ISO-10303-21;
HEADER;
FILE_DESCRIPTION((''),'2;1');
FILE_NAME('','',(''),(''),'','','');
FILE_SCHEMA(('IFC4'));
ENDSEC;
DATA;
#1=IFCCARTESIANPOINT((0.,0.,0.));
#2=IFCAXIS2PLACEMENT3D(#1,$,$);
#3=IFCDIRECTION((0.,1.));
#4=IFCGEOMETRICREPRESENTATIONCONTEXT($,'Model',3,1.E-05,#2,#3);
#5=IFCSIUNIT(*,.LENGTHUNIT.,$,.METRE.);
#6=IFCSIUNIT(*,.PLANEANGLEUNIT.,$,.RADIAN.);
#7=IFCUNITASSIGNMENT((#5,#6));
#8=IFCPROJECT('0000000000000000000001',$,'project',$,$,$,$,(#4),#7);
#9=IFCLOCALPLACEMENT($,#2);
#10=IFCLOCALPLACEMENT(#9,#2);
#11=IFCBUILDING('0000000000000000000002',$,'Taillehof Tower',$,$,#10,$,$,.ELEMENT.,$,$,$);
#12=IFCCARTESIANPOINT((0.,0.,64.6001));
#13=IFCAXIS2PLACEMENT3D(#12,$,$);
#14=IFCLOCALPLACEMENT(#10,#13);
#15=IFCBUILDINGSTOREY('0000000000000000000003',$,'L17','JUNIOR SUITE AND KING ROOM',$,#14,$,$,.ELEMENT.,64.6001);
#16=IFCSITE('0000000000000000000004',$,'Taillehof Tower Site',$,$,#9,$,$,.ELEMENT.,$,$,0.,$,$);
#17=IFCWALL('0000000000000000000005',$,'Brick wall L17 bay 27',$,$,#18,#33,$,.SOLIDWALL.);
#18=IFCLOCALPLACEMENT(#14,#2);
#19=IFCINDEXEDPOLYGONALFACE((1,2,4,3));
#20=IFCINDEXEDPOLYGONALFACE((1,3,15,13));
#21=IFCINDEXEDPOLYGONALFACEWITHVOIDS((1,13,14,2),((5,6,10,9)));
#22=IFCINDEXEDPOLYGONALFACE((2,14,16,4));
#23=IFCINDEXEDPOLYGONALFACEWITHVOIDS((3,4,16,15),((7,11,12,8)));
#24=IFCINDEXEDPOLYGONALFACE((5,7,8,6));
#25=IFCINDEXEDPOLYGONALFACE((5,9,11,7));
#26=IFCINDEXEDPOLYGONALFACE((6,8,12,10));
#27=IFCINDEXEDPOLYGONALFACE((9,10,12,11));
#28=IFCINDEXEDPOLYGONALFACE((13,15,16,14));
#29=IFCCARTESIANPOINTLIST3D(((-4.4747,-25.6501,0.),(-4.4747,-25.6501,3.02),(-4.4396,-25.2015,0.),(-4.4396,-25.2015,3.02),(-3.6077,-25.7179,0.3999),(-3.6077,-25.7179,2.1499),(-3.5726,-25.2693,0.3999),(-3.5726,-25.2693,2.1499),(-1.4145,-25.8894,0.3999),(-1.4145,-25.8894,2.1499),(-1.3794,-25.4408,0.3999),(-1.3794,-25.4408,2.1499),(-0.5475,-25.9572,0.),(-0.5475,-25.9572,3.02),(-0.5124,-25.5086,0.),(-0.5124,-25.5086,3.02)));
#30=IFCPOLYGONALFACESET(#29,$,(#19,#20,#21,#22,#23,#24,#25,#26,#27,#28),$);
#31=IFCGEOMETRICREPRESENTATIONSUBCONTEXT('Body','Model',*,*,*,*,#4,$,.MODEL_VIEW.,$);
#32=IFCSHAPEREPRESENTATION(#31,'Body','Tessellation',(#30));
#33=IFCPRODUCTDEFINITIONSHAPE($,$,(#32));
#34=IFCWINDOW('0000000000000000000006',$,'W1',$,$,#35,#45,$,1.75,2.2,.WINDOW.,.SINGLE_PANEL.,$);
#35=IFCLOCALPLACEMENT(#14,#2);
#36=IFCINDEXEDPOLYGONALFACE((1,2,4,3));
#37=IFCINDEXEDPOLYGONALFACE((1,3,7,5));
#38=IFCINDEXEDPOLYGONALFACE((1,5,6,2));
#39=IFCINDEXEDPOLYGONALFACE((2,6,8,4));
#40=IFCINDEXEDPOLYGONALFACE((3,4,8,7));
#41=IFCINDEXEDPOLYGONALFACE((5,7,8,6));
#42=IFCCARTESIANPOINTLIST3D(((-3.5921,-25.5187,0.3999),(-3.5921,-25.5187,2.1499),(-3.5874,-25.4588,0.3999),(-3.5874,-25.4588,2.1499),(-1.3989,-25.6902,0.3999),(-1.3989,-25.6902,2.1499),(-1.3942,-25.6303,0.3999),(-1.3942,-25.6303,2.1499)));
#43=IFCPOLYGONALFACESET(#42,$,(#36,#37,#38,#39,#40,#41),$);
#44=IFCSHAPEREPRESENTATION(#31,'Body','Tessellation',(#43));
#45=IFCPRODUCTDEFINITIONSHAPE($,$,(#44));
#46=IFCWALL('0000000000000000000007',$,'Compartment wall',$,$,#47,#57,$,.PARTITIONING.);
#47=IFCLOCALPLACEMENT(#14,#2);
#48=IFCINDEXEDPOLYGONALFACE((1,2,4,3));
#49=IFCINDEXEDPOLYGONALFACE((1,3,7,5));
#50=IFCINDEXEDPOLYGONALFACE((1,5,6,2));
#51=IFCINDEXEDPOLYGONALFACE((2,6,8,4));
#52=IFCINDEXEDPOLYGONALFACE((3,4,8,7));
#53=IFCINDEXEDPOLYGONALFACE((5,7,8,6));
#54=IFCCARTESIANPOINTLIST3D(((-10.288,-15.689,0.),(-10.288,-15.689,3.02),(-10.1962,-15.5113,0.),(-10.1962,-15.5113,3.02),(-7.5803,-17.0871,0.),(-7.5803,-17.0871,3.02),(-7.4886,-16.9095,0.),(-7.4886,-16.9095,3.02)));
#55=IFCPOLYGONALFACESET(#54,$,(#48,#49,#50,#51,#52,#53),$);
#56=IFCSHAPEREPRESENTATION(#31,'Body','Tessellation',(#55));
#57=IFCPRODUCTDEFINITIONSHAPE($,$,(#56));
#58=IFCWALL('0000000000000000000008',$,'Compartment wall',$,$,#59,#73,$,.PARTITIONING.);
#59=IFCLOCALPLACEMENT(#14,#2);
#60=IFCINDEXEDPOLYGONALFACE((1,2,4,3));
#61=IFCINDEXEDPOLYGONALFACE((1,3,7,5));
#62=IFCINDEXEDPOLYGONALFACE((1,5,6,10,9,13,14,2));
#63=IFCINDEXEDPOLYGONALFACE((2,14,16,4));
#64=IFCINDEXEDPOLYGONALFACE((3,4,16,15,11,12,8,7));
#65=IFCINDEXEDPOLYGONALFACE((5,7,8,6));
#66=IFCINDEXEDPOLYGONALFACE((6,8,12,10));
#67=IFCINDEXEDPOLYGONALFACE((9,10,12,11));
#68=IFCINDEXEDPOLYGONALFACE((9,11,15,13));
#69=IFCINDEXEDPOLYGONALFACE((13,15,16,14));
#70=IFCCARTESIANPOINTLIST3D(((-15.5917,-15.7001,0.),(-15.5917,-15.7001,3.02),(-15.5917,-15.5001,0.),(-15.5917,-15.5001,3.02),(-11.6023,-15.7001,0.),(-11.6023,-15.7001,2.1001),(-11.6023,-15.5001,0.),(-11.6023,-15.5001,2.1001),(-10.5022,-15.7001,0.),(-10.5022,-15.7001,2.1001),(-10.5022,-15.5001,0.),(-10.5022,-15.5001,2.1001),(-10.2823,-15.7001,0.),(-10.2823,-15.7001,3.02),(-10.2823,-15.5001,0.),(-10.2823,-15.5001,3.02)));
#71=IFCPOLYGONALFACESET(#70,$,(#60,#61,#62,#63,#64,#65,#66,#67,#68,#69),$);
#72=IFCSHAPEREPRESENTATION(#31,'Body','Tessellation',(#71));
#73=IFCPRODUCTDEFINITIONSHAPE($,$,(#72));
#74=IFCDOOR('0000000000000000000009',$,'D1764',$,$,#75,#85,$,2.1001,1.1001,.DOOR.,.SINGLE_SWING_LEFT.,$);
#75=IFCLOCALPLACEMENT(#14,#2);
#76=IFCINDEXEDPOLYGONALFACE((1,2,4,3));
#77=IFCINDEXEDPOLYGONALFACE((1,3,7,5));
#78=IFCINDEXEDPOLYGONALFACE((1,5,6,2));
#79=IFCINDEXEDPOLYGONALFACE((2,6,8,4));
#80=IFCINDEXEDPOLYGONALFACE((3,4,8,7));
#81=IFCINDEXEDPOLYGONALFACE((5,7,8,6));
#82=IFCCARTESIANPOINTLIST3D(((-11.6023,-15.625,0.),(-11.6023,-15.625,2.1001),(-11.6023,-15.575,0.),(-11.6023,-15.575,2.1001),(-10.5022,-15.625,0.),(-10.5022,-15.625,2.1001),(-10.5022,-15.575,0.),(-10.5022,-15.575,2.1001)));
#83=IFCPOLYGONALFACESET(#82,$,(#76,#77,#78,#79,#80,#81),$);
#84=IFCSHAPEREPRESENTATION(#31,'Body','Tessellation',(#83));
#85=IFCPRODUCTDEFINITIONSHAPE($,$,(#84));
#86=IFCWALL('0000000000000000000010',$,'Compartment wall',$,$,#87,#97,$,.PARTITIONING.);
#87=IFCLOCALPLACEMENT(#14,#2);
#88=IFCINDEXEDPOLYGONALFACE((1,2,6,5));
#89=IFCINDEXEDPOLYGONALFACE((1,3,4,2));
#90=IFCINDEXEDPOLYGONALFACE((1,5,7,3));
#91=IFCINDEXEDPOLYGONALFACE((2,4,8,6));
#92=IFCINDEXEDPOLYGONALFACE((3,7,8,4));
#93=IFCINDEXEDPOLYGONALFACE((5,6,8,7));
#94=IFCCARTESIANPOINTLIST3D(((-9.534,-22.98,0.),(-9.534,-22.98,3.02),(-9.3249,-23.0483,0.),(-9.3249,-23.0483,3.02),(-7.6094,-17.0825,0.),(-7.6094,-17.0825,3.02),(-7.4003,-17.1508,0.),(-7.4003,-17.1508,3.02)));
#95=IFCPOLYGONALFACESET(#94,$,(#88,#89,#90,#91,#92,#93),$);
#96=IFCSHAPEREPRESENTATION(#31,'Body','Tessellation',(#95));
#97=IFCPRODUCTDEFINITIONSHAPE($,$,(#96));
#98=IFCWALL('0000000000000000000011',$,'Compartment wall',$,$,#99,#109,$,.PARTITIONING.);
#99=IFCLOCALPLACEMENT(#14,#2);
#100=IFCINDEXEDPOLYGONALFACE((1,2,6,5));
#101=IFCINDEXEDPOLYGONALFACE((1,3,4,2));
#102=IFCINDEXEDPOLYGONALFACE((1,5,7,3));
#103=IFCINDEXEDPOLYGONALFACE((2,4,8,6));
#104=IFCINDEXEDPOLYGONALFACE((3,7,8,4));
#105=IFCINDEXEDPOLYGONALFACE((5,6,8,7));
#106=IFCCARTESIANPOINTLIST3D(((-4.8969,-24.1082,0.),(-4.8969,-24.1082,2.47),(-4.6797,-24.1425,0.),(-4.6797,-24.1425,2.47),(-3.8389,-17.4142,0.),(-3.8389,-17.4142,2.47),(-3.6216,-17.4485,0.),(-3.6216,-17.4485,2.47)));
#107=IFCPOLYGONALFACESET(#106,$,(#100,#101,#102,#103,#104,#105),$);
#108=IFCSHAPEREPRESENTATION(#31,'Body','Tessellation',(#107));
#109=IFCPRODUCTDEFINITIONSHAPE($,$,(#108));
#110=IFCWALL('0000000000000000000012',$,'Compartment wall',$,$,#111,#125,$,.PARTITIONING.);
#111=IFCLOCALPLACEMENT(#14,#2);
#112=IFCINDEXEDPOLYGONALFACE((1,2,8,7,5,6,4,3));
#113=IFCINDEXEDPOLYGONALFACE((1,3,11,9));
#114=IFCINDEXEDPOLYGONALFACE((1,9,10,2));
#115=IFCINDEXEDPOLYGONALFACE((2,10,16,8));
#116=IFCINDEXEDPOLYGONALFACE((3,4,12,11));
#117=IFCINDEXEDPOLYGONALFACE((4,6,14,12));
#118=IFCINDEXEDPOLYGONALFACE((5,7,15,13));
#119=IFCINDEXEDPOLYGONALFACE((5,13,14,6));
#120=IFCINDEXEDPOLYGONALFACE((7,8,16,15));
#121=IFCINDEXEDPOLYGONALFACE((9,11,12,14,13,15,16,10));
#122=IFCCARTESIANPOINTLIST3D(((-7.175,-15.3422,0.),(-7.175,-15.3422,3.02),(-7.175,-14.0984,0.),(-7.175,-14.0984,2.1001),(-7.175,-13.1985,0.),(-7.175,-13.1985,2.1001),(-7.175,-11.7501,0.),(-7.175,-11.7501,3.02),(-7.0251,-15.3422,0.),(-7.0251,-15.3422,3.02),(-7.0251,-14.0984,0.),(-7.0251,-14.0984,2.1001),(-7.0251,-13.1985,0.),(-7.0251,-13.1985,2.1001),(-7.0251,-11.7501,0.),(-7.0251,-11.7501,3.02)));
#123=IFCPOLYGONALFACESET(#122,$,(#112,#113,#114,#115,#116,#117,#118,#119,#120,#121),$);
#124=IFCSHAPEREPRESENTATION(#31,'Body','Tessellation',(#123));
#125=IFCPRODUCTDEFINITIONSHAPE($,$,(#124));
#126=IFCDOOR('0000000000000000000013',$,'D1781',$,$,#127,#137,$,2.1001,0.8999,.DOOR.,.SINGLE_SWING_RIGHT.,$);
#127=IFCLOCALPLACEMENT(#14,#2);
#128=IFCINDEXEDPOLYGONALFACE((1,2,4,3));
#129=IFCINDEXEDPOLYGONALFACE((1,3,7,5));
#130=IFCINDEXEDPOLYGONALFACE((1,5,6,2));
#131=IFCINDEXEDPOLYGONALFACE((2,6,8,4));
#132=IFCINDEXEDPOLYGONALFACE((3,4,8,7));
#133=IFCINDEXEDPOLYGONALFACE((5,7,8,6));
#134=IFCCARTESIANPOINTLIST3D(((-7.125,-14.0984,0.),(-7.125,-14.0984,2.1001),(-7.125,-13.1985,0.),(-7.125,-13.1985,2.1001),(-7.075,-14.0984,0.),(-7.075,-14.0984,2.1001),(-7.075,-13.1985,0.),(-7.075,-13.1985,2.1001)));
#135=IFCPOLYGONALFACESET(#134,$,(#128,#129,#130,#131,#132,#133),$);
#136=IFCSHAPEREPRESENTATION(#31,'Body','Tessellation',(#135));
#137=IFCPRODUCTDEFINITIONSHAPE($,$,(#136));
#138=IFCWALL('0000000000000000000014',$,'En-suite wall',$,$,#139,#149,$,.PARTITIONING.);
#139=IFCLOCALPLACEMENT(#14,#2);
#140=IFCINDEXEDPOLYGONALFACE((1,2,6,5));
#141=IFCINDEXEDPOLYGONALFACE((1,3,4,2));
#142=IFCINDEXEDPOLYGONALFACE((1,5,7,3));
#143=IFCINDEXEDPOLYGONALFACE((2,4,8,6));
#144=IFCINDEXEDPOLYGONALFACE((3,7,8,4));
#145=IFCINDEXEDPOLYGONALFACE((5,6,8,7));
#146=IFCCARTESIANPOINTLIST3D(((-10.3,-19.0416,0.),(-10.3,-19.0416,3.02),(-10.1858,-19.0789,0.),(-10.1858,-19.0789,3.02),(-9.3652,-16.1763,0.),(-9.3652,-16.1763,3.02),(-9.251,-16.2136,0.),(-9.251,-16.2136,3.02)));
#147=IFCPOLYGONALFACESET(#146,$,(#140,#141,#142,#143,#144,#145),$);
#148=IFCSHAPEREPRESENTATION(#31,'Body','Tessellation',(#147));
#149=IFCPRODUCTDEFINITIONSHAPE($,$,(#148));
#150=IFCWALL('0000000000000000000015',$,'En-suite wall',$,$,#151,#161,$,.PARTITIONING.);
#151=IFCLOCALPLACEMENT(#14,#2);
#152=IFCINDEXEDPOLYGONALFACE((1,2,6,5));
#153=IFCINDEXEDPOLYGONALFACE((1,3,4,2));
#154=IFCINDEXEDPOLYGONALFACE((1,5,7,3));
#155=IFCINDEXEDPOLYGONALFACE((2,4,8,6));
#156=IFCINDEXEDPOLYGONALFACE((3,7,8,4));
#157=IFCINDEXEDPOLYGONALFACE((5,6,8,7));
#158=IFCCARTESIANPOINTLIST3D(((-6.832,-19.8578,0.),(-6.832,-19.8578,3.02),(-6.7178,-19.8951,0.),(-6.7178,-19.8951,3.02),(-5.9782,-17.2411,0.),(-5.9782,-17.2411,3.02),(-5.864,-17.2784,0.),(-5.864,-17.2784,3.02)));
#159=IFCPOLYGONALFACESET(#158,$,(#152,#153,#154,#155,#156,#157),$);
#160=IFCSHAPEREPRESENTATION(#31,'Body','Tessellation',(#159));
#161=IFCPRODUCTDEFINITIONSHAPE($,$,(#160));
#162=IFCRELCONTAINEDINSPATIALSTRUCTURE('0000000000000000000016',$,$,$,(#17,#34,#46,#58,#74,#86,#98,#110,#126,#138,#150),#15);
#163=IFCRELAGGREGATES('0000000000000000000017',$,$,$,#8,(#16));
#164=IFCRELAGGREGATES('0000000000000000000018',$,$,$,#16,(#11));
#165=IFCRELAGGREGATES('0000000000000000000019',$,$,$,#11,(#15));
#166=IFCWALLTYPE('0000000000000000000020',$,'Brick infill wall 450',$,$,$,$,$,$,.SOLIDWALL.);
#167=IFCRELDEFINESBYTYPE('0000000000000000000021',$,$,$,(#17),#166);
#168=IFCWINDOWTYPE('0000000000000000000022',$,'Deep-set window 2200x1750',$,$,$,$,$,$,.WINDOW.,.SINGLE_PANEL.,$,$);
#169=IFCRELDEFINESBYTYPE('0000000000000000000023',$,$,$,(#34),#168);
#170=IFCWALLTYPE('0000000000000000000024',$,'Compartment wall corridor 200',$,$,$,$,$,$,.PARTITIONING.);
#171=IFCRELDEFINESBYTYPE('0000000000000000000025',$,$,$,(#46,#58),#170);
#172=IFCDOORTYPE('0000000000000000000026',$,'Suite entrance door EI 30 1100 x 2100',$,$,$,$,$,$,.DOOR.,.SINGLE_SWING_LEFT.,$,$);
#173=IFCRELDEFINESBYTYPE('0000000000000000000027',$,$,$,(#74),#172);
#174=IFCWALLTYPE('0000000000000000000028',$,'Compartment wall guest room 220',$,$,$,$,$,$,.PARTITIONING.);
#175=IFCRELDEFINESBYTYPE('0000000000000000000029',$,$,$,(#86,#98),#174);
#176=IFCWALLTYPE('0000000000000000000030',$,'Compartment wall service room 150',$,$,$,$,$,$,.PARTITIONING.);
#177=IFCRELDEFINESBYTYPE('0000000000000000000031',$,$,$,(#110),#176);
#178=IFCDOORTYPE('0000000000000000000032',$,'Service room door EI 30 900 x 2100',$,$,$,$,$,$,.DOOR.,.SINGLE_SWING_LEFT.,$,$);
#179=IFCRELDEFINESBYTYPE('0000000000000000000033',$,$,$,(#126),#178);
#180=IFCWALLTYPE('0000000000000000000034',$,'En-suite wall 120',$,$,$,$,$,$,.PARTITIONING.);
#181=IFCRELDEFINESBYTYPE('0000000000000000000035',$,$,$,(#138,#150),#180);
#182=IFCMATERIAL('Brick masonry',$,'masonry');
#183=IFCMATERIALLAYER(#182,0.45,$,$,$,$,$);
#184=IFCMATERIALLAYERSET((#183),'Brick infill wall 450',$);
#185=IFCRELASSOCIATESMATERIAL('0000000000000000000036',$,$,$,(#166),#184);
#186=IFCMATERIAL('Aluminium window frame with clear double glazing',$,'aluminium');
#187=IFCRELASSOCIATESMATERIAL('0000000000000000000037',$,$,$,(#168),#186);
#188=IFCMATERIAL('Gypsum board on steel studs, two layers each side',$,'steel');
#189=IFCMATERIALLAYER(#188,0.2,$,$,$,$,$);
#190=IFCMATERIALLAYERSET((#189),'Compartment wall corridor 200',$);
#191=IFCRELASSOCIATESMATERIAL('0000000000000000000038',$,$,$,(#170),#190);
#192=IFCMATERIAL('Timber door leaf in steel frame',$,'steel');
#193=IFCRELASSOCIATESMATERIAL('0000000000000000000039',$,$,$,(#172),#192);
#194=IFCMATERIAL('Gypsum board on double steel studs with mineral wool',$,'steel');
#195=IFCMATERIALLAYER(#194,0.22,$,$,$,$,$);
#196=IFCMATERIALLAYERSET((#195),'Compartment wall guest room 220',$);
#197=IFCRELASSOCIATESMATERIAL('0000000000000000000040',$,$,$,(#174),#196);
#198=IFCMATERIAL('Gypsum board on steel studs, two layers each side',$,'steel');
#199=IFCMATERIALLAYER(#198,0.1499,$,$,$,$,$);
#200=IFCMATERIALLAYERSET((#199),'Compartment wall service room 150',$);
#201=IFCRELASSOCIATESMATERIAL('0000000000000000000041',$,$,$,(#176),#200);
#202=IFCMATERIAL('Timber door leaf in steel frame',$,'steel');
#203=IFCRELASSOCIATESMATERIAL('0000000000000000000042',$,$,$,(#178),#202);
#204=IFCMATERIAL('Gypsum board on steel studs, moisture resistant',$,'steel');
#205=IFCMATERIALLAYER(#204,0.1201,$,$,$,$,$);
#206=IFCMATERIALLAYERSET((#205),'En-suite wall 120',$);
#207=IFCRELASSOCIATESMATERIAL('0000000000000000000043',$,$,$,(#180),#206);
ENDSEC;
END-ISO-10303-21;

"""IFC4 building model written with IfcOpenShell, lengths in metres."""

from ifc_helpers import new_model, si_unit, direction, frame, frame_2d, origin, place, context, subcontext, project, spatial, rectangle, extrude, material, layer, layer_set, type_object, element, fill, save


model = new_model("IFC4")

# Units and contexts
model_context = context("Model", 3, precision=1e-05, world=origin(), true_north=direction((0.0, 1.0)))
body_context = subcontext(model_context, "Body", "Model", "MODEL_VIEW")
ifc_project = project(units=[si_unit("LENGTHUNIT", "METRE"), si_unit("PLANEANGLEUNIT", "RADIAN")], contexts=[model_context])

# Site, building, storey
site_placement = place(None, origin())
site = spatial("IfcSite", under=ifc_project, at=site_placement, Name="Taillehof Tower Site", CompositionType="ELEMENT", RefElevation=0.0)
building_placement = place(site_placement, origin())
building = spatial("IfcBuilding", under=site, at=building_placement, Name="Taillehof Tower", CompositionType="ELEMENT")
storey_placement = place(building_placement, frame((0.0, 0.0, 64.6001)))
storey = spatial("IfcBuildingStorey", under=building, at=storey_placement, Name="L17", Description="JUNIOR SUITE AND KING ROOM", CompositionType="ELEMENT", Elevation=64.6001)

# Wall, opening, window
ifc_material_1 = material(Name="Brick masonry", Category="masonry")
ifc_layer_1 = layer(ifc_material_1, 0.45)
ifc_layer_set_1 = layer_set([ifc_layer_1], Name="Brick infill wall 450")
wall_type_1 = type_object("IfcWallType", Name="Brick infill wall 450", PredefinedType="SOLIDWALL", material=ifc_layer_set_1)
ifc_material_2 = material(Name="Aluminium window frame with clear double glazing", Category="aluminium")
window_type = type_object("IfcWindowType", Name="Deep-set window 2200x1750", PartitioningType="SINGLE_PANEL", PredefinedType="WINDOW", material=ifc_material_2)
wall_1_placement = place(storey_placement, frame((-4.4573, -25.4258, 0.0), z_axis=(0.0, 0.0, 1.0), x_axis=(0.996956, -0.077967, 0.0)))
wall_1 = element("IfcWall", 1, at=wall_1_placement, inside=storey, type_object=wall_type_1, Name="Brick wall L17 bay 27", PredefinedType="SOLIDWALL", context=body_context, shape_type="SweptSolid", body=[
    extrude(rectangle(XDim=3.9392, YDim=0.45, at=frame_2d((1.9697, 0.0))), origin(), (0.0, 0.0, 1.0), 3.02),
])
opening_1_placement = place(wall_1_placement, frame((0.8696, 0.0, 0.3999)))
opening_1 = element("IfcOpeningElement", 2, at=opening_1_placement, cuts=wall_1, PredefinedType="OPENING", context=body_context, shape_type="SweptSolid", body=[
    extrude(rectangle(XDim=2.2, YDim=1.75, at=frame_2d((1.1001, 0.875))), frame((0.0, 0.2349, 0.0), z_axis=(0.0, -1.0, 0.0), x_axis=(1.0, 0.0, 0.0)), (0.0, 0.0, 1.0), 0.47),
])
window_1_placement = place(opening_1_placement, origin())
window_1 = element("IfcWindow", 3, at=window_1_placement, inside=storey, type_object=window_type, Name="W1", OverallHeight=1.75, OverallWidth=2.2, PartitioningType="SINGLE_PANEL", PredefinedType="WINDOW", context=body_context, shape_type="SweptSolid", body=[
    extrude(rectangle(XDim=2.2, YDim=1.75, at=frame_2d((1.1001, 0.875))), frame((0.0, 0.0349, 0.0), z_axis=(0.0, -1.0, 0.0), x_axis=(1.0, 0.0, 0.0)), (0.0, 0.0, 1.0), 0.0601),
])
fill(opening_1, window_1)

# Wall
ifc_material_3 = material(Name="Gypsum board on steel studs, two layers each side", Category="steel")
ifc_layer_2 = layer(ifc_material_3, 0.2)
ifc_layer_set_2 = layer_set([ifc_layer_2], Name="Compartment wall corridor 200")
wall_type_2 = type_object("IfcWallType", Name="Compartment wall corridor 200", PredefinedType="PARTITIONING", material=ifc_layer_set_2)
wall_2_placement = place(storey_placement, frame((-7.5344, -16.9983, 0.0), z_axis=(0.0, 0.0, 1.0), x_axis=(-0.888535, 0.458808, 0.0)))
element("IfcWall", 4, at=wall_2_placement, inside=storey, type_object=wall_type_2, Name="Compartment wall", PredefinedType="PARTITIONING", context=body_context, shape_type="SweptSolid", body=[
    extrude(rectangle(XDim=3.0474, YDim=0.2, at=frame_2d((1.5237, 0.0))), origin(), (0.0, 0.0, 1.0), 3.02),
])

# Wall, opening, door
wall_3_placement = place(storey_placement, frame((-10.2822, -15.6001, 0.0), z_axis=(0.0, 0.0, 1.0), x_axis=(-1.0, 0.0, 0.0)))
wall_3 = element("IfcWall", 5, at=wall_3_placement, inside=storey, type_object=wall_type_2, Name="Compartment wall", PredefinedType="PARTITIONING", context=body_context, shape_type="SweptSolid", body=[
    extrude(rectangle(XDim=5.3093, YDim=0.2, at=frame_2d((2.6548, 0.0))), origin(), (0.0, 0.0, 1.0), 3.02),
])
opening_2_placement = place(wall_3_placement, frame((0.22, 0.0, 0.0)))
opening_2 = element("IfcOpeningElement", 6, at=opening_2_placement, cuts=wall_3, PredefinedType="OPENING", context=body_context, shape_type="SweptSolid", body=[
    extrude(rectangle(XDim=1.1001, YDim=2.1001, at=frame_2d((0.55, 1.05))), frame((0.0, 0.1099, 0.0), z_axis=(0.0, -1.0, 0.0), x_axis=(1.0, 0.0, 0.0)), (0.0, 0.0, 1.0), 0.22),
])
ifc_material_4 = material(Name="Timber door leaf in steel frame", Category="steel")
door_type_1 = type_object("IfcDoorType", Name="Suite entrance door EI 30 1100 x 2100", OperationType="SINGLE_SWING_LEFT", PredefinedType="DOOR", material=ifc_material_4)
door_1_placement = place(opening_2_placement, origin())
door_1 = element("IfcDoor", 7, at=door_1_placement, inside=storey, type_object=door_type_1, Name="D1764", OperationType="SINGLE_SWING_LEFT", OverallHeight=2.1001, OverallWidth=1.1001, PredefinedType="DOOR", context=body_context, shape_type="SweptSolid", body=[
    extrude(rectangle(XDim=1.1001, YDim=2.1001, at=frame_2d((0.55, 1.05))), frame((0.0, 0.0249, 0.0), z_axis=(0.0, -1.0, 0.0), x_axis=(1.0, 0.0, 0.0)), (0.0, 0.0, 1.0), 0.05),
])
fill(opening_2, door_1)

# Walls
ifc_material_5 = material(Name="Gypsum board on double steel studs with mineral wool", Category="steel")
ifc_layer_3 = layer(ifc_material_5, 0.22)
ifc_layer_set_3 = layer_set([ifc_layer_3], Name="Compartment wall guest room 220")
wall_type_3 = type_object("IfcWallType", Name="Compartment wall guest room 220", PredefinedType="PARTITIONING", material=ifc_layer_set_3)
wall_4_placement = place(storey_placement, frame((-9.4294, -23.0142, 0.0), z_axis=(0.0, 0.0, 1.0), x_axis=(0.310236, 0.95066, 0.0)))
element("IfcWall", 8, at=wall_4_placement, inside=storey, type_object=wall_type_3, Name="Compartment wall", PredefinedType="PARTITIONING", context=body_context, shape_type="SweptSolid", body=[
    extrude(rectangle(XDim=6.2036, YDim=0.22, at=frame_2d((3.1018, 0.0))), origin(), (0.0, 0.0, 1.0), 3.02),
])
wall_5_placement = place(storey_placement, frame((-4.7883, -24.1255, 0.0), z_axis=(0.0, 0.0, 1.0), x_axis=(0.156127, 0.987737, 0.0)))
element("IfcWall", 9, at=wall_5_placement, inside=storey, type_object=wall_type_3, Name="Compartment wall", PredefinedType="PARTITIONING", context=body_context, shape_type="SweptSolid", body=[
    extrude(rectangle(XDim=6.7771, YDim=0.22, at=frame_2d((3.3887, 0.0))), origin(), (0.0, 0.0, 1.0), 2.47),
])

# Wall, opening, door
ifc_material_6 = material(Name="Gypsum board on steel studs, two layers each side", Category="steel")
ifc_layer_4 = layer(ifc_material_6, 0.1499)
ifc_layer_set_4 = layer_set([ifc_layer_4], Name="Compartment wall service room 150")
wall_type_4 = type_object("IfcWallType", Name="Compartment wall service room 150", PredefinedType="PARTITIONING", material=ifc_layer_set_4)
wall_6_placement = place(storey_placement, frame((-7.1001, -15.342, 0.0), z_axis=(0.0, 0.0, 1.0), x_axis=(0.0, 1.0, 0.0)))
wall_6 = element("IfcWall", 10, at=wall_6_placement, inside=storey, type_object=wall_type_4, Name="Compartment wall", PredefinedType="PARTITIONING", context=body_context, shape_type="SweptSolid", body=[
    extrude(rectangle(XDim=3.592, YDim=0.1499, at=frame_2d((1.7959, 0.0))), origin(), (0.0, 0.0, 1.0), 3.02),
])
opening_3_placement = place(wall_6_placement, frame((1.2437, 0.0, 0.0)))
opening_3 = element("IfcOpeningElement", 11, at=opening_3_placement, cuts=wall_6, PredefinedType="OPENING", context=body_context, shape_type="SweptSolid", body=[
    extrude(rectangle(XDim=0.8999, YDim=2.1001, at=frame_2d((0.45, 1.05))), frame((0.0, 0.085, 0.0), z_axis=(0.0, -1.0, 0.0), x_axis=(1.0, 0.0, 0.0)), (0.0, 0.0, 1.0), 0.1699),
])
ifc_material_7 = material(Name="Timber door leaf in steel frame", Category="steel")
door_type_2 = type_object("IfcDoorType", Name="Service room door EI 30 900 x 2100", OperationType="SINGLE_SWING_LEFT", PredefinedType="DOOR", material=ifc_material_7)
door_2_placement = place(opening_3_placement, origin())
door_2 = element("IfcDoor", 12, at=door_2_placement, inside=storey, type_object=door_type_2, Name="D1781", OperationType="SINGLE_SWING_RIGHT", OverallHeight=2.1001, OverallWidth=0.8999, PredefinedType="DOOR", context=body_context, shape_type="SweptSolid", body=[
    extrude(rectangle(XDim=0.8999, YDim=2.1001, at=frame_2d((0.45, 1.05))), frame((0.0, 0.0249, 0.0), z_axis=(0.0, -1.0, 0.0), x_axis=(1.0, 0.0, 0.0)), (0.0, 0.0, 1.0), 0.05),
])
fill(opening_3, door_2)

# Walls
ifc_material_8 = material(Name="Gypsum board on steel studs, moisture resistant", Category="steel")
ifc_layer_5 = layer(ifc_material_8, 0.1201)
ifc_layer_set_5 = layer_set([ifc_layer_5], Name="En-suite wall 120")
wall_type_5 = type_object("IfcWallType", Name="En-suite wall 120", PredefinedType="PARTITIONING", material=ifc_layer_set_5)
wall_7_placement = place(storey_placement, frame((-9.3081, -16.1951, 0.0), z_axis=(0.0, 0.0, 1.0), x_axis=(-0.31017, -0.950681, 0.0)))
element("IfcWall", 13, at=wall_7_placement, inside=storey, type_object=wall_type_5, Name="En-suite wall", PredefinedType="PARTITIONING", context=body_context, shape_type="SweptSolid", body=[
    extrude(rectangle(XDim=3.0139, YDim=0.1201, at=frame_2d((1.5068, 0.0))), origin(), (0.0, 0.0, 1.0), 3.02),
])
wall_8_placement = place(storey_placement, frame((-5.9211, -17.2598, 0.0), z_axis=(0.0, 0.0, 1.0), x_axis=(-0.310181, -0.950678, 0.0)))
element("IfcWall", 14, at=wall_8_placement, inside=storey, type_object=wall_type_5, Name="En-suite wall", PredefinedType="PARTITIONING", context=body_context, shape_type="SweptSolid", body=[
    extrude(rectangle(XDim=2.7524, YDim=0.1201, at=frame_2d((1.3762, 0.0))), origin(), (0.0, 0.0, 1.0), 3.02),
])

save(model, "model.ifc")
